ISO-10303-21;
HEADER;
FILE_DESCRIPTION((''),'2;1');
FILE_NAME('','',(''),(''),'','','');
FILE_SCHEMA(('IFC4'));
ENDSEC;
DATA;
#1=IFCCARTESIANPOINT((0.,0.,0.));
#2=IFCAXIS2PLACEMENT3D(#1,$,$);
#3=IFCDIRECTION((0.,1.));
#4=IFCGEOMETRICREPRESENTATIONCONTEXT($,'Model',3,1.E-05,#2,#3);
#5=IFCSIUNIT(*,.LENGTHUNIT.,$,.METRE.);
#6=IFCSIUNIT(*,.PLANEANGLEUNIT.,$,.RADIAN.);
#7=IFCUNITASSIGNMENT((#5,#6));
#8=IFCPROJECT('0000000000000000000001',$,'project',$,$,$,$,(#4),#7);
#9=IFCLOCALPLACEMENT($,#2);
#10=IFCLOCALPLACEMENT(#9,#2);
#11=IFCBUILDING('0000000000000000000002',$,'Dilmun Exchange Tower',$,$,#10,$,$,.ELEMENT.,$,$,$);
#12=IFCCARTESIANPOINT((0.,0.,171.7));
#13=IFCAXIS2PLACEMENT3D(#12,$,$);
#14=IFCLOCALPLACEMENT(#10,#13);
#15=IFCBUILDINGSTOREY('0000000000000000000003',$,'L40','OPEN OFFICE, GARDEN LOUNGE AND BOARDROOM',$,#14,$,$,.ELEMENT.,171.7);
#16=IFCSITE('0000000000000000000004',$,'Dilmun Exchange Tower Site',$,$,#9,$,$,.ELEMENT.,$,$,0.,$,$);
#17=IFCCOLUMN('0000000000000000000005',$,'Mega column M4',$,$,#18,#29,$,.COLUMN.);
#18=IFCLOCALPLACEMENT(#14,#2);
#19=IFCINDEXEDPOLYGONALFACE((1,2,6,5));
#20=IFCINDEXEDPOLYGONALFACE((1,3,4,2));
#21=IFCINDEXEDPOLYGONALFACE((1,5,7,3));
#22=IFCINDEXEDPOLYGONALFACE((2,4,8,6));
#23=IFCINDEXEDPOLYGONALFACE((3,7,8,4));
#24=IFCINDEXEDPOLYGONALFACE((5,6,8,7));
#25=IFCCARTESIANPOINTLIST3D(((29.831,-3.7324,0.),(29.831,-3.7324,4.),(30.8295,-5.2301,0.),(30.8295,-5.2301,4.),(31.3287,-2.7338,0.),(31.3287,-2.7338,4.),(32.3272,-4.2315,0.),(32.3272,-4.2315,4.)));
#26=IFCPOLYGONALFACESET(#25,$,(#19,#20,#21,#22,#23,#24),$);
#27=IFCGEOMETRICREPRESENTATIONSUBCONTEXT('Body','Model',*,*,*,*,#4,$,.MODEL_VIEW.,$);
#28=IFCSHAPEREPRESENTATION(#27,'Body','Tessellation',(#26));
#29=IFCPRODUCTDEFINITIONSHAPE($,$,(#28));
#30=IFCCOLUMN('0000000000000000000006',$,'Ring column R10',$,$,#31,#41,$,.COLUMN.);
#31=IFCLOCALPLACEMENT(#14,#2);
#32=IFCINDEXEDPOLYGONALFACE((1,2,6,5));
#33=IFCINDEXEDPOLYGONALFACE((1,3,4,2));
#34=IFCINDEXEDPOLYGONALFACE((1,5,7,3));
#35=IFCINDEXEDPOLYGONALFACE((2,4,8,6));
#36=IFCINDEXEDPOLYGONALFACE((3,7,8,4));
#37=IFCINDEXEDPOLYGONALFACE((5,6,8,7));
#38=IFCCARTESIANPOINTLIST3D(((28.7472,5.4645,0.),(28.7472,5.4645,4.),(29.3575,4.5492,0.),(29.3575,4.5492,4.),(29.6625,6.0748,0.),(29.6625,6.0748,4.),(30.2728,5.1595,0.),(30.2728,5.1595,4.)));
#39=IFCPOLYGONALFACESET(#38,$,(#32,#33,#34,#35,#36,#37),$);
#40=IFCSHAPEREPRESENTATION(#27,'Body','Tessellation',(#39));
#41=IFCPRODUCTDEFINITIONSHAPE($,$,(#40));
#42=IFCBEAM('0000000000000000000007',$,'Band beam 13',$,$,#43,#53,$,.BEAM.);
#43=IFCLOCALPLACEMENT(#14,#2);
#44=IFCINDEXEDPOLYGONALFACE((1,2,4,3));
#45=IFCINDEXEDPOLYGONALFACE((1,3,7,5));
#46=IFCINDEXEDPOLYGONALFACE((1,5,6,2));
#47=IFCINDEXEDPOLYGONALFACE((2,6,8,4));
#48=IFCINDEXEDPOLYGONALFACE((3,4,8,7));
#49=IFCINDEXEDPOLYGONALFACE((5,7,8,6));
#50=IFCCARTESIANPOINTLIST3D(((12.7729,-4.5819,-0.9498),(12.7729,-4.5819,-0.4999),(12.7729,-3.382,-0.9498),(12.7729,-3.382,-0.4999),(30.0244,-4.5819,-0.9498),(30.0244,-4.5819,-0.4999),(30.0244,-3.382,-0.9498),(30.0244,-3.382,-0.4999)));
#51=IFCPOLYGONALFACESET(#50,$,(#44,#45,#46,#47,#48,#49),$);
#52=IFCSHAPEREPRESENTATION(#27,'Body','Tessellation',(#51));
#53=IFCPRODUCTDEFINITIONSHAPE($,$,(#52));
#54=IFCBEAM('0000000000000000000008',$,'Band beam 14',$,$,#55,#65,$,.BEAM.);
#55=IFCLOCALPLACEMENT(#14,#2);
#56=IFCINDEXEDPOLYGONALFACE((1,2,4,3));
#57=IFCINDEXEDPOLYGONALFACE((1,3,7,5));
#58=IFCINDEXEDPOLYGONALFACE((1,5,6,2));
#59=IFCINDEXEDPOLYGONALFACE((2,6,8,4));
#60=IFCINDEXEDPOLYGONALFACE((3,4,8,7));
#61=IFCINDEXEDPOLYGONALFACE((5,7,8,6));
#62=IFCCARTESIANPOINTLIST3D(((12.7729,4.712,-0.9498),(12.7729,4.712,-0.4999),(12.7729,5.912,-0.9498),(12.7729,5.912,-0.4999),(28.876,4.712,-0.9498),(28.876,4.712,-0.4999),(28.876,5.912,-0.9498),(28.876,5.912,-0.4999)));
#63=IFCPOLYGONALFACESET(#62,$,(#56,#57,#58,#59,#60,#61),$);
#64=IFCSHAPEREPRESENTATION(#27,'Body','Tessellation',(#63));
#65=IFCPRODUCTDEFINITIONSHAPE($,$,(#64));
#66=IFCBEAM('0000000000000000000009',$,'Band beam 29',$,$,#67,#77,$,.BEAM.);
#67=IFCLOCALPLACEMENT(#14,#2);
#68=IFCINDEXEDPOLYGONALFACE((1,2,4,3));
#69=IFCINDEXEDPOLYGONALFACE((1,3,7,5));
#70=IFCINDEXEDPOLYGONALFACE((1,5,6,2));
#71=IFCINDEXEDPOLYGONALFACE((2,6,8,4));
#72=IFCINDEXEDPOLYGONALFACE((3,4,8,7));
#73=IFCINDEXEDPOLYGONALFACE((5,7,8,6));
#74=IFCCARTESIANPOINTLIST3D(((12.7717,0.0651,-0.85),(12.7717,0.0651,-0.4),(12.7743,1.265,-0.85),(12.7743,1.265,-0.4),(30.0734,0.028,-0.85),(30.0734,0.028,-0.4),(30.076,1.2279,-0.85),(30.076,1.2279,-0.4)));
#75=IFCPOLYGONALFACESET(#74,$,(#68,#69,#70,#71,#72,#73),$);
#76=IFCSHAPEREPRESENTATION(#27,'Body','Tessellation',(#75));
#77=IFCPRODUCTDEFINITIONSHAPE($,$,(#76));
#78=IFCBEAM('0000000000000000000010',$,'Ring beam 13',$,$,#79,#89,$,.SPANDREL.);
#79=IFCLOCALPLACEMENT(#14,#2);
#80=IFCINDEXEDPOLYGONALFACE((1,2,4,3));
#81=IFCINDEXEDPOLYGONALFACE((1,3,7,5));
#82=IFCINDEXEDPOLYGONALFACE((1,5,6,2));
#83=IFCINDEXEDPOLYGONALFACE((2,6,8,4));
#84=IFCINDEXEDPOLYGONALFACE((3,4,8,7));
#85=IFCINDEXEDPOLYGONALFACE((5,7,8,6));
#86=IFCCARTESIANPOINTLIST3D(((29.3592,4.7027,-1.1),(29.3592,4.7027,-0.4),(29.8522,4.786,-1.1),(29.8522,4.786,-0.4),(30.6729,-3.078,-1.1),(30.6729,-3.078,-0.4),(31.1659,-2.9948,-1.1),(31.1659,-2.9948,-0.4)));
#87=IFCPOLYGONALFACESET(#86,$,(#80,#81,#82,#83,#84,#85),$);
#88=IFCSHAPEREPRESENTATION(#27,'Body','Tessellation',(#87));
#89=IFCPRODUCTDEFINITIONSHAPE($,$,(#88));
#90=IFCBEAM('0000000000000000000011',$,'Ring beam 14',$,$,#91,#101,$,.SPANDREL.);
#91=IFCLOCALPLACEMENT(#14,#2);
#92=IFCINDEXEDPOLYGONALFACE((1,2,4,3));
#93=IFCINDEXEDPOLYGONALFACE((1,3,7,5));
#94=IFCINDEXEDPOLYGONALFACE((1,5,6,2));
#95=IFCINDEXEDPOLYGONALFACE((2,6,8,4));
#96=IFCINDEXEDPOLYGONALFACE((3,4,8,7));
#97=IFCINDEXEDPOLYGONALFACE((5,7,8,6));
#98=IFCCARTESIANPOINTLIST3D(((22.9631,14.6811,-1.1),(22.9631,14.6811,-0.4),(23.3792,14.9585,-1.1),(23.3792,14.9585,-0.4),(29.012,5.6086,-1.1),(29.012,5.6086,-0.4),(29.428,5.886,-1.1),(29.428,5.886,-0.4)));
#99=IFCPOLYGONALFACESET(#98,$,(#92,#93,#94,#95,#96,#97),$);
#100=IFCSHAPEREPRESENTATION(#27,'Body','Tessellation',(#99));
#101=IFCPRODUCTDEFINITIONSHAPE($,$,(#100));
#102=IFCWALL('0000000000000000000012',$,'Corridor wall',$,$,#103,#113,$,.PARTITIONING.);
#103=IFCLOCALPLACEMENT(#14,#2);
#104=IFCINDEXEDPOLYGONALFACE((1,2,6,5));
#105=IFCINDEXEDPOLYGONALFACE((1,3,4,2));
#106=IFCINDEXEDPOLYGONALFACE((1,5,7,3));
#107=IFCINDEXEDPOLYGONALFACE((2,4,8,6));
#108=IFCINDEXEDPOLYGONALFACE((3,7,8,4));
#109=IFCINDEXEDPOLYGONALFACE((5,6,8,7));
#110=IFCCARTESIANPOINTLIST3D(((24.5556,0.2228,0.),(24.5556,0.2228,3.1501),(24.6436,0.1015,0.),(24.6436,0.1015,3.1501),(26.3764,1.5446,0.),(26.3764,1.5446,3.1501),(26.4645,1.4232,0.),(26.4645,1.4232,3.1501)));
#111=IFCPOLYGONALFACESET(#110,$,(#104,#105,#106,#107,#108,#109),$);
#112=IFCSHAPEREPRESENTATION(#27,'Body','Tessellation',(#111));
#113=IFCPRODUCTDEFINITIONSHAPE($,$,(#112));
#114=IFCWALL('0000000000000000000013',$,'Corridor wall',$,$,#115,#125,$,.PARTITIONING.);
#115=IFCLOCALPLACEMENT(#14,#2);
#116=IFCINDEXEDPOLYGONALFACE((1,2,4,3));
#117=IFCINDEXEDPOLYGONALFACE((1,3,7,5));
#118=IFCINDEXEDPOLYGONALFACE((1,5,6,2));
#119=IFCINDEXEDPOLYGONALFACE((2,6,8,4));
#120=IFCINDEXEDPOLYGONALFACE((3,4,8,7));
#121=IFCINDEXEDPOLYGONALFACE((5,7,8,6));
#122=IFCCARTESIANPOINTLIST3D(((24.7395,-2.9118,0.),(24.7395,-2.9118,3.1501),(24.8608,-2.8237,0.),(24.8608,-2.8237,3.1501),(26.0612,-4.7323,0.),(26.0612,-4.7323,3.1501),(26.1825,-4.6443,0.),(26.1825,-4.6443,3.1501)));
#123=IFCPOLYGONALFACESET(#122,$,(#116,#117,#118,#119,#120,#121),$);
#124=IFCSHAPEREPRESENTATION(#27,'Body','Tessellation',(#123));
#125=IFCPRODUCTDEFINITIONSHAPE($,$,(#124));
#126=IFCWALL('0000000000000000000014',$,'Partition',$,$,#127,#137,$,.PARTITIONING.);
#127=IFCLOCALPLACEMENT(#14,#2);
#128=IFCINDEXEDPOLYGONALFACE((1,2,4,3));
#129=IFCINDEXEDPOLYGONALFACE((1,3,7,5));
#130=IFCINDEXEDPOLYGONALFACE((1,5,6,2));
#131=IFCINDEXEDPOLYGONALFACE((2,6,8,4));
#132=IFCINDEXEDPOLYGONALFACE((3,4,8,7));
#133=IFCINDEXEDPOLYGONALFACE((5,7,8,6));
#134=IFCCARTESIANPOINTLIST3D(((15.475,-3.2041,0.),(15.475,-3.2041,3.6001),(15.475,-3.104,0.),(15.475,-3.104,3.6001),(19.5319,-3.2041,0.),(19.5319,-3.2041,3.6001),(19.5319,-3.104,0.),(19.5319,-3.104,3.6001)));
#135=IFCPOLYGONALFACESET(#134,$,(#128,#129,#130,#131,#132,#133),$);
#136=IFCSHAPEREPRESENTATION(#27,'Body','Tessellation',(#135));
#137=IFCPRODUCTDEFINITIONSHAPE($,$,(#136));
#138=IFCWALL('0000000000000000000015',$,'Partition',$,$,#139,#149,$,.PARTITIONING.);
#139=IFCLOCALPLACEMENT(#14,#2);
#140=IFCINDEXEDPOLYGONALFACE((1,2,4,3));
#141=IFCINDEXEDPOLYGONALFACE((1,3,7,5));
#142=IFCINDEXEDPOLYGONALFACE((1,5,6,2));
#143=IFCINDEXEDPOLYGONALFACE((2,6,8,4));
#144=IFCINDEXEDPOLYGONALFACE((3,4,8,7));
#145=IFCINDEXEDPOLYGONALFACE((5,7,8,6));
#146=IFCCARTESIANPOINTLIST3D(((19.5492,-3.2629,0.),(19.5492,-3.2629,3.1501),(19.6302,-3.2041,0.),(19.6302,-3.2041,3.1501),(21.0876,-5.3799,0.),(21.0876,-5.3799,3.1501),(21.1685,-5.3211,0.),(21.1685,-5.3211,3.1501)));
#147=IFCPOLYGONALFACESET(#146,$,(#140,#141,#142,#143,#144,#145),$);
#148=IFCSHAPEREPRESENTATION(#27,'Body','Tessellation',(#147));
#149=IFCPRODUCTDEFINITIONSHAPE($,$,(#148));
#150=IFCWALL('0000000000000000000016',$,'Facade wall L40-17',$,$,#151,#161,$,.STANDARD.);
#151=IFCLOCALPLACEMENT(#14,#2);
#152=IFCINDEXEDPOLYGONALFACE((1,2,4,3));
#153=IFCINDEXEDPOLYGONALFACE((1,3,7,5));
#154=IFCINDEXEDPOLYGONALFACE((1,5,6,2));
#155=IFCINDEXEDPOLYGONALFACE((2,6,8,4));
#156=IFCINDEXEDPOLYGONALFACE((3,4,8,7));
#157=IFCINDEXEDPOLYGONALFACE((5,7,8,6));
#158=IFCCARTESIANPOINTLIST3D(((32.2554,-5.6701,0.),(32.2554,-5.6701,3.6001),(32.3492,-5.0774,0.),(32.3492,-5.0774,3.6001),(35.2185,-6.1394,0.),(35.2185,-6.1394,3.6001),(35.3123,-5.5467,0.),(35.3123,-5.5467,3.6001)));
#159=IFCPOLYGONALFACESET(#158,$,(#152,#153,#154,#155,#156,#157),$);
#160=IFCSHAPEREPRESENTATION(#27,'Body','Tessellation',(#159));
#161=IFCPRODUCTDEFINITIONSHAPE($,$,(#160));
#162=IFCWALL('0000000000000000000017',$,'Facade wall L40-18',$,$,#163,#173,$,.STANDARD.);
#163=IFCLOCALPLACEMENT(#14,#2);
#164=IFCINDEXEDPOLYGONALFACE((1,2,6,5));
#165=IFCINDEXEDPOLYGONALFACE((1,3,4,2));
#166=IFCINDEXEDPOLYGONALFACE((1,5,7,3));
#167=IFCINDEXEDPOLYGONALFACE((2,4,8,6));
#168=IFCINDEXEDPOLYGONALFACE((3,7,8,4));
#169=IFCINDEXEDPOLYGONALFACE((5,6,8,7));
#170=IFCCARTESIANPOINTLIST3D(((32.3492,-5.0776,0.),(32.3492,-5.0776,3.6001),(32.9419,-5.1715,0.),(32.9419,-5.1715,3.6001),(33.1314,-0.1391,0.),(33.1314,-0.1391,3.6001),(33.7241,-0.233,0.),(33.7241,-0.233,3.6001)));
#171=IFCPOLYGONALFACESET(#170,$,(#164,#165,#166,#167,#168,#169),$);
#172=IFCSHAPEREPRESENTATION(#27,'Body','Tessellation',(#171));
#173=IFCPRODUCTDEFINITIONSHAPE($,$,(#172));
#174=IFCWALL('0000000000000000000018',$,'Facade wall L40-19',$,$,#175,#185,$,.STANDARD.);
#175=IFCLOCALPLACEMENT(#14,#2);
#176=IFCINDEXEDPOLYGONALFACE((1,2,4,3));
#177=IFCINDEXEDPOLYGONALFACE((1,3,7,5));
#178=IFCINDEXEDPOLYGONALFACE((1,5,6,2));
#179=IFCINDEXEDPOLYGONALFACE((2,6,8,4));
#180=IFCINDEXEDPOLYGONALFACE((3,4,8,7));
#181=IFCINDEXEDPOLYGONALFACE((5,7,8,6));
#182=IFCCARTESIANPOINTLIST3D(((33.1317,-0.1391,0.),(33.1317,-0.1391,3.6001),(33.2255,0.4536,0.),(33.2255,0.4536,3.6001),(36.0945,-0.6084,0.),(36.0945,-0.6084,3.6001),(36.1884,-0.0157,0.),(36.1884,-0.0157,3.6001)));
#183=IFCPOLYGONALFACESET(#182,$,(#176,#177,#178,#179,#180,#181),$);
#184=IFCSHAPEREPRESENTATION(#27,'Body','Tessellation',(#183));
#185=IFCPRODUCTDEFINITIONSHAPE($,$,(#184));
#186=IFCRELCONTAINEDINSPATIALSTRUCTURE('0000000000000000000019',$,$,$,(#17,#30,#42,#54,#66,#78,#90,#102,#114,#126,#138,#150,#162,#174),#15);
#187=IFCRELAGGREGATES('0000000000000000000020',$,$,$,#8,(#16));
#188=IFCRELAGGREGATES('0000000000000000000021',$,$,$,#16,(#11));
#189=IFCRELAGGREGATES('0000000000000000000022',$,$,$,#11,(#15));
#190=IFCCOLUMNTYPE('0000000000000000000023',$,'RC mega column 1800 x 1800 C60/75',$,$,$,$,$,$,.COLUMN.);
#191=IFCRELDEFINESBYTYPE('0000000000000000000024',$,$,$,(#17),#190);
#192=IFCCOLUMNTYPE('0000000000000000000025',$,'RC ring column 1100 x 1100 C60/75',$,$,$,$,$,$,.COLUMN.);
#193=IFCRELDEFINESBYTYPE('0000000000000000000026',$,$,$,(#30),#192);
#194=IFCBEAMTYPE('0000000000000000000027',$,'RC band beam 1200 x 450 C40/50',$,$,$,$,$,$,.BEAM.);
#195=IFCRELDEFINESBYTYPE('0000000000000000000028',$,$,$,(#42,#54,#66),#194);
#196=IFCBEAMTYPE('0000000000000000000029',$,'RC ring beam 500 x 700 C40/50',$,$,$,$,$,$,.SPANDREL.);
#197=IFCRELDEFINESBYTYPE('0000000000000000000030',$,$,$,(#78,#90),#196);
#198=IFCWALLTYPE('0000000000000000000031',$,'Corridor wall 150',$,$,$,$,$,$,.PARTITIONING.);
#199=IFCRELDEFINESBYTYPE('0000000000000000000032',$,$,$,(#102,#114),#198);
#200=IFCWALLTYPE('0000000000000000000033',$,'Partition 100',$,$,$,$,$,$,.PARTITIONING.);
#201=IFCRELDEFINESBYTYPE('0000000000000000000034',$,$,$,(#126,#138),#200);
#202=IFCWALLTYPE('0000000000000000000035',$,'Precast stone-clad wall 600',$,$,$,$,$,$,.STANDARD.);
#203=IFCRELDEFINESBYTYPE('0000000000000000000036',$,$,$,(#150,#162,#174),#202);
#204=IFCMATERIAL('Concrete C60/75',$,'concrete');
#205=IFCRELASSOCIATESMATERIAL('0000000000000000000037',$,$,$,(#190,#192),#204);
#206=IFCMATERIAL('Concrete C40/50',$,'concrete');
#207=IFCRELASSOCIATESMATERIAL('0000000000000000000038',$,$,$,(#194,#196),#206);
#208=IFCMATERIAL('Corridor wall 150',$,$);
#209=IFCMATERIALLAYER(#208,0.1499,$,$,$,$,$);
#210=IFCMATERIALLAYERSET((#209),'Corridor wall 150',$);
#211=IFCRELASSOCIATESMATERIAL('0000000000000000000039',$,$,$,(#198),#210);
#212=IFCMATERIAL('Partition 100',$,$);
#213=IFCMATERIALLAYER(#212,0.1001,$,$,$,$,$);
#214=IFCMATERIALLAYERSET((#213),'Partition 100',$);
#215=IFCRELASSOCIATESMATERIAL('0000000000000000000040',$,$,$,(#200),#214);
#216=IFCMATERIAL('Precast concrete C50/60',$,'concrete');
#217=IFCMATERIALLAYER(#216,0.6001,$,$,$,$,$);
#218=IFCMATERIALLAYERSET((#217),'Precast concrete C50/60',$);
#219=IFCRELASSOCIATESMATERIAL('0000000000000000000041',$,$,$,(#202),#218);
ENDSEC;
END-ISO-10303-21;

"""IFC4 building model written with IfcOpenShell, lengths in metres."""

from ifc_helpers import new_model, si_unit, direction, frame, frame_2d, origin, origin_2d, place, context, subcontext, project, spatial, rectangle, extrude, material, layer, layer_set, material_profile, profile_set, type_object, element, save


model = new_model("IFC4")

# Units and contexts
model_context = context("Model", 3, precision=1e-05, world=origin(), true_north=direction((0.0, 1.0)))
body_context = subcontext(model_context, "Body", "Model", "MODEL_VIEW")
ifc_project = project(units=[si_unit("LENGTHUNIT", "METRE"), si_unit("PLANEANGLEUNIT", "RADIAN")], contexts=[model_context])

# Site, building, storey
site_placement = place(None, origin())
site = spatial("IfcSite", under=ifc_project, at=site_placement, Name="Dilmun Exchange Tower Site", CompositionType="ELEMENT", RefElevation=0.0)
building_placement = place(site_placement, origin())
building = spatial("IfcBuilding", under=site, at=building_placement, Name="Dilmun Exchange Tower", CompositionType="ELEMENT")
storey_placement = place(building_placement, frame((0.0, 0.0, 171.7)))
storey = spatial("IfcBuildingStorey", under=building, at=storey_placement, Name="L40", Description="OPEN OFFICE, GARDEN LOUNGE AND BOARDROOM", CompositionType="ELEMENT", Elevation=171.7)

# Columns
ifc_material_1 = material(Name="Concrete C60/75", Category="concrete")
ifc_material_profile_1 = material_profile(ifc_material_1, rectangle(XDim=1.8, YDim=1.8, at=origin_2d()), Name="1800 x 1800")
ifc_profile_set_1 = profile_set([ifc_material_profile_1], Name="Concrete C60/75")
column_type_1 = type_object("IfcColumnType", Name="RC mega column 1800 x 1800 C60/75", PredefinedType="COLUMN", material=ifc_profile_set_1)
column_1_placement = place(storey_placement, frame((31.0791, -3.9819, 0.0), z_axis=(0.0, 0.0, 1.0), x_axis=(0.832029, 0.554733, 0.0)))
element("IfcColumn", 1, at=column_1_placement, inside=storey, type_object=column_type_1, Name="Mega column M4", PredefinedType="COLUMN", context=body_context, shape_type="SweptSolid", body=[
    extrude(rectangle(XDim=1.8, YDim=1.8, at=origin_2d()), origin(), (0.0, 0.0, 1.0), 4.0),
])
ifc_material_profile_2 = material_profile(ifc_material_1, rectangle(XDim=1.1001, YDim=1.1001, at=origin_2d()), Name="1100 x 1100")
ifc_profile_set_2 = profile_set([ifc_material_profile_2], Name="Concrete C60/75")
column_type_2 = type_object("IfcColumnType", Name="RC ring column 1100 x 1100 C60/75", PredefinedType="COLUMN", material=ifc_profile_set_2)
column_2_placement = place(storey_placement, frame((29.51, 5.312, 0.0), z_axis=(0.0, 0.0, 1.0), x_axis=(0.832029, 0.554733, 0.0)))
element("IfcColumn", 2, at=column_2_placement, inside=storey, type_object=column_type_2, Name="Ring column R10", PredefinedType="COLUMN", context=body_context, shape_type="SweptSolid", body=[
    extrude(rectangle(XDim=1.1001, YDim=1.1001, at=origin_2d()), origin(), (0.0, 0.0, 1.0), 4.0),
])

# Beams
ifc_material_2 = material(Name="Concrete C40/50", Category="concrete")
ifc_material_profile_3 = material_profile(ifc_material_2, rectangle(XDim=1.2, YDim=0.45, at=origin_2d()), Name="1200 x 450")
ifc_profile_set_3 = profile_set([ifc_material_profile_3], Name="Concrete C40/50")
beam_type_1 = type_object("IfcBeamType", Name="RC band beam 1200 x 450 C40/50", PredefinedType="BEAM", material=ifc_profile_set_3)
beam_1_placement = place(storey_placement, frame((30.0244, -3.9819, -0.7249), z_axis=(-1.0, 0.0, 0.0), x_axis=(0.0, -1.0, 0.0)))
element("IfcBeam", 3, at=beam_1_placement, inside=storey, type_object=beam_type_1, Name="Band beam 13", PredefinedType="BEAM", context=body_context, shape_type="SweptSolid", body=[
    extrude(rectangle(XDim=1.2, YDim=0.45, at=origin_2d()), origin(), (0.0, 0.0, 1.0), 17.2515),
])
beam_2_placement = place(storey_placement, frame((28.876, 5.312, -0.7249), z_axis=(-1.0, 0.0, 0.0), x_axis=(0.0, -1.0, 0.0)))
element("IfcBeam", 4, at=beam_2_placement, inside=storey, type_object=beam_type_1, Name="Band beam 14", PredefinedType="BEAM", context=body_context, shape_type="SweptSolid", body=[
    extrude(rectangle(XDim=1.2, YDim=0.45, at=origin_2d()), origin(), (0.0, 0.0, 1.0), 16.103),
])
beam_3_placement = place(storey_placement, frame((30.0747, 0.6279, -0.625), z_axis=(-0.999998, 0.002145, 0.0), x_axis=(-0.002145, -0.999998, 0.0)))
element("IfcBeam", 5, at=beam_3_placement, inside=storey, type_object=beam_type_1, Name="Band beam 29", PredefinedType="BEAM", context=body_context, shape_type="SweptSolid", body=[
    extrude(rectangle(XDim=1.2, YDim=0.45, at=origin_2d()), origin(), (0.0, 0.0, 1.0), 17.3018),
])
ifc_material_profile_4 = material_profile(ifc_material_2, rectangle(XDim=0.5, YDim=0.7, at=origin_2d()), Name="500 x 700")
ifc_profile_set_4 = profile_set([ifc_material_profile_4], Name="Concrete C40/50")
beam_type_2 = type_object("IfcBeamType", Name="RC ring beam 500 x 700 C40/50", PredefinedType="SPANDREL", material=ifc_profile_set_4)
beam_4_placement = place(storey_placement, frame((30.9194, -3.0364, -0.75), z_axis=(-0.166486, 0.986044, 0.0), x_axis=(-0.986044, -0.166486, 0.0)))
element("IfcBeam", 6, at=beam_4_placement, inside=storey, type_object=beam_type_2, Name="Ring beam 13", PredefinedType="SPANDREL", context=body_context, shape_type="SweptSolid", body=[
    extrude(rectangle(XDim=0.5, YDim=0.7, at=origin_2d()), origin(), (0.0, 0.0, 1.0), 7.8909),
])
beam_5_placement = place(storey_placement, frame((29.22, 5.7473, -0.75), z_axis=(-0.554731, 0.83203, 0.0), x_axis=(-0.83203, -0.554731, 0.0)))
element("IfcBeam", 7, at=beam_5_placement, inside=storey, type_object=beam_type_2, Name="Ring beam 14", PredefinedType="SPANDREL", context=body_context, shape_type="SweptSolid", body=[
    extrude(rectangle(XDim=0.5, YDim=0.7, at=origin_2d()), origin(), (0.0, 0.0, 1.0), 10.9041),
])

# Walls
ifc_material_3 = material(Name="Corridor wall 150")
ifc_layer_1 = layer(ifc_material_3, 0.1499)
ifc_layer_set_1 = layer_set([ifc_layer_1], Name="Corridor wall 150")
wall_type_1 = type_object("IfcWallType", Name="Corridor wall 150", PredefinedType="PARTITIONING", material=ifc_layer_set_1)
wall_1_placement = place(storey_placement, frame((24.5996, 0.1621, 0.0), z_axis=(0.0, 0.0, 1.0), x_axis=(0.809252, 0.587462, 0.0)))
element("IfcWall", 8, at=wall_1_placement, inside=storey, type_object=wall_type_1, Name="Corridor wall", PredefinedType="PARTITIONING", context=body_context, shape_type="SweptSolid", body=[
    extrude(rectangle(XDim=2.25, YDim=0.1499, at=frame_2d((1.125, 0.0))), origin(), (0.0, 0.0, 1.0), 3.1501),
])
wall_2_placement = place(storey_placement, frame((24.8, -2.8677, 0.0), z_axis=(0.0, 0.0, 1.0), x_axis=(0.587513, -0.809214, 0.0)))
element("IfcWall", 9, at=wall_2_placement, inside=storey, type_object=wall_type_1, Name="Corridor wall", PredefinedType="PARTITIONING", context=body_context, shape_type="SweptSolid", body=[
    extrude(rectangle(XDim=2.2498, YDim=0.1499, at=frame_2d((1.125, 0.0))), origin(), (0.0, 0.0, 1.0), 3.1501),
])
ifc_material_4 = material(Name="Partition 100")
ifc_layer_2 = layer(ifc_material_4, 0.1001)
ifc_layer_set_2 = layer_set([ifc_layer_2], Name="Partition 100")
wall_type_2 = type_object("IfcWallType", Name="Partition 100", PredefinedType="PARTITIONING", material=ifc_layer_set_2)
wall_3_placement = place(storey_placement, frame((15.4751, -3.1541, 0.0), z_axis=(0.0, 0.0, 1.0), x_axis=(1.0, 0.0, 0.0)))
element("IfcWall", 10, at=wall_3_placement, inside=storey, type_object=wall_type_2, Name="Partition", PredefinedType="PARTITIONING", context=body_context, shape_type="SweptSolid", body=[
    extrude(rectangle(XDim=4.0569, YDim=0.1001, at=frame_2d((2.0283, 0.0))), origin(), (0.0, 0.0, 1.0), 3.6001),
])
wall_4_placement = place(storey_placement, frame((19.5896, -3.2334, 0.0), z_axis=(0.0, 0.0, 1.0), x_axis=(0.587855, -0.808966, 0.0)))
element("IfcWall", 11, at=wall_4_placement, inside=storey, type_object=wall_type_2, Name="Partition", PredefinedType="PARTITIONING", context=body_context, shape_type="SweptSolid", body=[
    extrude(rectangle(XDim=2.6169, YDim=0.1001, at=frame_2d((1.3086, 0.0))), origin(), (0.0, 0.0, 1.0), 3.1501),
])
ifc_material_5 = material(Name="Precast concrete C50/60", Category="concrete")
ifc_layer_3 = layer(ifc_material_5, 0.6001)
ifc_layer_set_3 = layer_set([ifc_layer_3], Name="Precast concrete C50/60")
wall_type_3 = type_object("IfcWallType", Name="Precast stone-clad wall 600", PredefinedType="STANDARD", material=ifc_layer_set_3)
wall_5_placement = place(storey_placement, frame((35.2654, -5.843, 0.0), z_axis=(0.0, 0.0, 1.0), x_axis=(-0.987692, 0.15641, 0.0)))
element("IfcWall", 12, at=wall_5_placement, inside=storey, type_object=wall_type_3, Name="Facade wall L40-17", PredefinedType="STANDARD", context=body_context, shape_type="SweptSolid", body=[
    extrude(rectangle(XDim=3.0, YDim=0.6001, at=frame_2d((1.5, 0.0))), origin(), (0.0, 0.0, 1.0), 3.6001),
])
wall_6_placement = place(storey_placement, frame((32.6455, -5.1245, 0.0), z_axis=(0.0, 0.0, 1.0), x_axis=(0.156444, 0.987687, 0.0)))
element("IfcWall", 13, at=wall_6_placement, inside=storey, type_object=wall_type_3, Name="Facade wall L40-18", PredefinedType="STANDARD", context=body_context, shape_type="SweptSolid", body=[
    extrude(rectangle(XDim=5.0, YDim=0.6001, at=frame_2d((2.5, 0.0))), origin(), (0.0, 0.0, 1.0), 3.6001),
])
wall_7_placement = place(storey_placement, frame((33.1785, 0.1572, 0.0), z_axis=(0.0, 0.0, 1.0), x_axis=(0.98769, -0.156422, 0.0)))
element("IfcWall", 14, at=wall_7_placement, inside=storey, type_object=wall_type_3, Name="Facade wall L40-19", PredefinedType="STANDARD", context=body_context, shape_type="SweptSolid", body=[
    extrude(rectangle(XDim=2.9998, YDim=0.6001, at=frame_2d((1.5, 0.0))), origin(), (0.0, 0.0, 1.0), 3.6001),
])

save(model, "model.ifc")
